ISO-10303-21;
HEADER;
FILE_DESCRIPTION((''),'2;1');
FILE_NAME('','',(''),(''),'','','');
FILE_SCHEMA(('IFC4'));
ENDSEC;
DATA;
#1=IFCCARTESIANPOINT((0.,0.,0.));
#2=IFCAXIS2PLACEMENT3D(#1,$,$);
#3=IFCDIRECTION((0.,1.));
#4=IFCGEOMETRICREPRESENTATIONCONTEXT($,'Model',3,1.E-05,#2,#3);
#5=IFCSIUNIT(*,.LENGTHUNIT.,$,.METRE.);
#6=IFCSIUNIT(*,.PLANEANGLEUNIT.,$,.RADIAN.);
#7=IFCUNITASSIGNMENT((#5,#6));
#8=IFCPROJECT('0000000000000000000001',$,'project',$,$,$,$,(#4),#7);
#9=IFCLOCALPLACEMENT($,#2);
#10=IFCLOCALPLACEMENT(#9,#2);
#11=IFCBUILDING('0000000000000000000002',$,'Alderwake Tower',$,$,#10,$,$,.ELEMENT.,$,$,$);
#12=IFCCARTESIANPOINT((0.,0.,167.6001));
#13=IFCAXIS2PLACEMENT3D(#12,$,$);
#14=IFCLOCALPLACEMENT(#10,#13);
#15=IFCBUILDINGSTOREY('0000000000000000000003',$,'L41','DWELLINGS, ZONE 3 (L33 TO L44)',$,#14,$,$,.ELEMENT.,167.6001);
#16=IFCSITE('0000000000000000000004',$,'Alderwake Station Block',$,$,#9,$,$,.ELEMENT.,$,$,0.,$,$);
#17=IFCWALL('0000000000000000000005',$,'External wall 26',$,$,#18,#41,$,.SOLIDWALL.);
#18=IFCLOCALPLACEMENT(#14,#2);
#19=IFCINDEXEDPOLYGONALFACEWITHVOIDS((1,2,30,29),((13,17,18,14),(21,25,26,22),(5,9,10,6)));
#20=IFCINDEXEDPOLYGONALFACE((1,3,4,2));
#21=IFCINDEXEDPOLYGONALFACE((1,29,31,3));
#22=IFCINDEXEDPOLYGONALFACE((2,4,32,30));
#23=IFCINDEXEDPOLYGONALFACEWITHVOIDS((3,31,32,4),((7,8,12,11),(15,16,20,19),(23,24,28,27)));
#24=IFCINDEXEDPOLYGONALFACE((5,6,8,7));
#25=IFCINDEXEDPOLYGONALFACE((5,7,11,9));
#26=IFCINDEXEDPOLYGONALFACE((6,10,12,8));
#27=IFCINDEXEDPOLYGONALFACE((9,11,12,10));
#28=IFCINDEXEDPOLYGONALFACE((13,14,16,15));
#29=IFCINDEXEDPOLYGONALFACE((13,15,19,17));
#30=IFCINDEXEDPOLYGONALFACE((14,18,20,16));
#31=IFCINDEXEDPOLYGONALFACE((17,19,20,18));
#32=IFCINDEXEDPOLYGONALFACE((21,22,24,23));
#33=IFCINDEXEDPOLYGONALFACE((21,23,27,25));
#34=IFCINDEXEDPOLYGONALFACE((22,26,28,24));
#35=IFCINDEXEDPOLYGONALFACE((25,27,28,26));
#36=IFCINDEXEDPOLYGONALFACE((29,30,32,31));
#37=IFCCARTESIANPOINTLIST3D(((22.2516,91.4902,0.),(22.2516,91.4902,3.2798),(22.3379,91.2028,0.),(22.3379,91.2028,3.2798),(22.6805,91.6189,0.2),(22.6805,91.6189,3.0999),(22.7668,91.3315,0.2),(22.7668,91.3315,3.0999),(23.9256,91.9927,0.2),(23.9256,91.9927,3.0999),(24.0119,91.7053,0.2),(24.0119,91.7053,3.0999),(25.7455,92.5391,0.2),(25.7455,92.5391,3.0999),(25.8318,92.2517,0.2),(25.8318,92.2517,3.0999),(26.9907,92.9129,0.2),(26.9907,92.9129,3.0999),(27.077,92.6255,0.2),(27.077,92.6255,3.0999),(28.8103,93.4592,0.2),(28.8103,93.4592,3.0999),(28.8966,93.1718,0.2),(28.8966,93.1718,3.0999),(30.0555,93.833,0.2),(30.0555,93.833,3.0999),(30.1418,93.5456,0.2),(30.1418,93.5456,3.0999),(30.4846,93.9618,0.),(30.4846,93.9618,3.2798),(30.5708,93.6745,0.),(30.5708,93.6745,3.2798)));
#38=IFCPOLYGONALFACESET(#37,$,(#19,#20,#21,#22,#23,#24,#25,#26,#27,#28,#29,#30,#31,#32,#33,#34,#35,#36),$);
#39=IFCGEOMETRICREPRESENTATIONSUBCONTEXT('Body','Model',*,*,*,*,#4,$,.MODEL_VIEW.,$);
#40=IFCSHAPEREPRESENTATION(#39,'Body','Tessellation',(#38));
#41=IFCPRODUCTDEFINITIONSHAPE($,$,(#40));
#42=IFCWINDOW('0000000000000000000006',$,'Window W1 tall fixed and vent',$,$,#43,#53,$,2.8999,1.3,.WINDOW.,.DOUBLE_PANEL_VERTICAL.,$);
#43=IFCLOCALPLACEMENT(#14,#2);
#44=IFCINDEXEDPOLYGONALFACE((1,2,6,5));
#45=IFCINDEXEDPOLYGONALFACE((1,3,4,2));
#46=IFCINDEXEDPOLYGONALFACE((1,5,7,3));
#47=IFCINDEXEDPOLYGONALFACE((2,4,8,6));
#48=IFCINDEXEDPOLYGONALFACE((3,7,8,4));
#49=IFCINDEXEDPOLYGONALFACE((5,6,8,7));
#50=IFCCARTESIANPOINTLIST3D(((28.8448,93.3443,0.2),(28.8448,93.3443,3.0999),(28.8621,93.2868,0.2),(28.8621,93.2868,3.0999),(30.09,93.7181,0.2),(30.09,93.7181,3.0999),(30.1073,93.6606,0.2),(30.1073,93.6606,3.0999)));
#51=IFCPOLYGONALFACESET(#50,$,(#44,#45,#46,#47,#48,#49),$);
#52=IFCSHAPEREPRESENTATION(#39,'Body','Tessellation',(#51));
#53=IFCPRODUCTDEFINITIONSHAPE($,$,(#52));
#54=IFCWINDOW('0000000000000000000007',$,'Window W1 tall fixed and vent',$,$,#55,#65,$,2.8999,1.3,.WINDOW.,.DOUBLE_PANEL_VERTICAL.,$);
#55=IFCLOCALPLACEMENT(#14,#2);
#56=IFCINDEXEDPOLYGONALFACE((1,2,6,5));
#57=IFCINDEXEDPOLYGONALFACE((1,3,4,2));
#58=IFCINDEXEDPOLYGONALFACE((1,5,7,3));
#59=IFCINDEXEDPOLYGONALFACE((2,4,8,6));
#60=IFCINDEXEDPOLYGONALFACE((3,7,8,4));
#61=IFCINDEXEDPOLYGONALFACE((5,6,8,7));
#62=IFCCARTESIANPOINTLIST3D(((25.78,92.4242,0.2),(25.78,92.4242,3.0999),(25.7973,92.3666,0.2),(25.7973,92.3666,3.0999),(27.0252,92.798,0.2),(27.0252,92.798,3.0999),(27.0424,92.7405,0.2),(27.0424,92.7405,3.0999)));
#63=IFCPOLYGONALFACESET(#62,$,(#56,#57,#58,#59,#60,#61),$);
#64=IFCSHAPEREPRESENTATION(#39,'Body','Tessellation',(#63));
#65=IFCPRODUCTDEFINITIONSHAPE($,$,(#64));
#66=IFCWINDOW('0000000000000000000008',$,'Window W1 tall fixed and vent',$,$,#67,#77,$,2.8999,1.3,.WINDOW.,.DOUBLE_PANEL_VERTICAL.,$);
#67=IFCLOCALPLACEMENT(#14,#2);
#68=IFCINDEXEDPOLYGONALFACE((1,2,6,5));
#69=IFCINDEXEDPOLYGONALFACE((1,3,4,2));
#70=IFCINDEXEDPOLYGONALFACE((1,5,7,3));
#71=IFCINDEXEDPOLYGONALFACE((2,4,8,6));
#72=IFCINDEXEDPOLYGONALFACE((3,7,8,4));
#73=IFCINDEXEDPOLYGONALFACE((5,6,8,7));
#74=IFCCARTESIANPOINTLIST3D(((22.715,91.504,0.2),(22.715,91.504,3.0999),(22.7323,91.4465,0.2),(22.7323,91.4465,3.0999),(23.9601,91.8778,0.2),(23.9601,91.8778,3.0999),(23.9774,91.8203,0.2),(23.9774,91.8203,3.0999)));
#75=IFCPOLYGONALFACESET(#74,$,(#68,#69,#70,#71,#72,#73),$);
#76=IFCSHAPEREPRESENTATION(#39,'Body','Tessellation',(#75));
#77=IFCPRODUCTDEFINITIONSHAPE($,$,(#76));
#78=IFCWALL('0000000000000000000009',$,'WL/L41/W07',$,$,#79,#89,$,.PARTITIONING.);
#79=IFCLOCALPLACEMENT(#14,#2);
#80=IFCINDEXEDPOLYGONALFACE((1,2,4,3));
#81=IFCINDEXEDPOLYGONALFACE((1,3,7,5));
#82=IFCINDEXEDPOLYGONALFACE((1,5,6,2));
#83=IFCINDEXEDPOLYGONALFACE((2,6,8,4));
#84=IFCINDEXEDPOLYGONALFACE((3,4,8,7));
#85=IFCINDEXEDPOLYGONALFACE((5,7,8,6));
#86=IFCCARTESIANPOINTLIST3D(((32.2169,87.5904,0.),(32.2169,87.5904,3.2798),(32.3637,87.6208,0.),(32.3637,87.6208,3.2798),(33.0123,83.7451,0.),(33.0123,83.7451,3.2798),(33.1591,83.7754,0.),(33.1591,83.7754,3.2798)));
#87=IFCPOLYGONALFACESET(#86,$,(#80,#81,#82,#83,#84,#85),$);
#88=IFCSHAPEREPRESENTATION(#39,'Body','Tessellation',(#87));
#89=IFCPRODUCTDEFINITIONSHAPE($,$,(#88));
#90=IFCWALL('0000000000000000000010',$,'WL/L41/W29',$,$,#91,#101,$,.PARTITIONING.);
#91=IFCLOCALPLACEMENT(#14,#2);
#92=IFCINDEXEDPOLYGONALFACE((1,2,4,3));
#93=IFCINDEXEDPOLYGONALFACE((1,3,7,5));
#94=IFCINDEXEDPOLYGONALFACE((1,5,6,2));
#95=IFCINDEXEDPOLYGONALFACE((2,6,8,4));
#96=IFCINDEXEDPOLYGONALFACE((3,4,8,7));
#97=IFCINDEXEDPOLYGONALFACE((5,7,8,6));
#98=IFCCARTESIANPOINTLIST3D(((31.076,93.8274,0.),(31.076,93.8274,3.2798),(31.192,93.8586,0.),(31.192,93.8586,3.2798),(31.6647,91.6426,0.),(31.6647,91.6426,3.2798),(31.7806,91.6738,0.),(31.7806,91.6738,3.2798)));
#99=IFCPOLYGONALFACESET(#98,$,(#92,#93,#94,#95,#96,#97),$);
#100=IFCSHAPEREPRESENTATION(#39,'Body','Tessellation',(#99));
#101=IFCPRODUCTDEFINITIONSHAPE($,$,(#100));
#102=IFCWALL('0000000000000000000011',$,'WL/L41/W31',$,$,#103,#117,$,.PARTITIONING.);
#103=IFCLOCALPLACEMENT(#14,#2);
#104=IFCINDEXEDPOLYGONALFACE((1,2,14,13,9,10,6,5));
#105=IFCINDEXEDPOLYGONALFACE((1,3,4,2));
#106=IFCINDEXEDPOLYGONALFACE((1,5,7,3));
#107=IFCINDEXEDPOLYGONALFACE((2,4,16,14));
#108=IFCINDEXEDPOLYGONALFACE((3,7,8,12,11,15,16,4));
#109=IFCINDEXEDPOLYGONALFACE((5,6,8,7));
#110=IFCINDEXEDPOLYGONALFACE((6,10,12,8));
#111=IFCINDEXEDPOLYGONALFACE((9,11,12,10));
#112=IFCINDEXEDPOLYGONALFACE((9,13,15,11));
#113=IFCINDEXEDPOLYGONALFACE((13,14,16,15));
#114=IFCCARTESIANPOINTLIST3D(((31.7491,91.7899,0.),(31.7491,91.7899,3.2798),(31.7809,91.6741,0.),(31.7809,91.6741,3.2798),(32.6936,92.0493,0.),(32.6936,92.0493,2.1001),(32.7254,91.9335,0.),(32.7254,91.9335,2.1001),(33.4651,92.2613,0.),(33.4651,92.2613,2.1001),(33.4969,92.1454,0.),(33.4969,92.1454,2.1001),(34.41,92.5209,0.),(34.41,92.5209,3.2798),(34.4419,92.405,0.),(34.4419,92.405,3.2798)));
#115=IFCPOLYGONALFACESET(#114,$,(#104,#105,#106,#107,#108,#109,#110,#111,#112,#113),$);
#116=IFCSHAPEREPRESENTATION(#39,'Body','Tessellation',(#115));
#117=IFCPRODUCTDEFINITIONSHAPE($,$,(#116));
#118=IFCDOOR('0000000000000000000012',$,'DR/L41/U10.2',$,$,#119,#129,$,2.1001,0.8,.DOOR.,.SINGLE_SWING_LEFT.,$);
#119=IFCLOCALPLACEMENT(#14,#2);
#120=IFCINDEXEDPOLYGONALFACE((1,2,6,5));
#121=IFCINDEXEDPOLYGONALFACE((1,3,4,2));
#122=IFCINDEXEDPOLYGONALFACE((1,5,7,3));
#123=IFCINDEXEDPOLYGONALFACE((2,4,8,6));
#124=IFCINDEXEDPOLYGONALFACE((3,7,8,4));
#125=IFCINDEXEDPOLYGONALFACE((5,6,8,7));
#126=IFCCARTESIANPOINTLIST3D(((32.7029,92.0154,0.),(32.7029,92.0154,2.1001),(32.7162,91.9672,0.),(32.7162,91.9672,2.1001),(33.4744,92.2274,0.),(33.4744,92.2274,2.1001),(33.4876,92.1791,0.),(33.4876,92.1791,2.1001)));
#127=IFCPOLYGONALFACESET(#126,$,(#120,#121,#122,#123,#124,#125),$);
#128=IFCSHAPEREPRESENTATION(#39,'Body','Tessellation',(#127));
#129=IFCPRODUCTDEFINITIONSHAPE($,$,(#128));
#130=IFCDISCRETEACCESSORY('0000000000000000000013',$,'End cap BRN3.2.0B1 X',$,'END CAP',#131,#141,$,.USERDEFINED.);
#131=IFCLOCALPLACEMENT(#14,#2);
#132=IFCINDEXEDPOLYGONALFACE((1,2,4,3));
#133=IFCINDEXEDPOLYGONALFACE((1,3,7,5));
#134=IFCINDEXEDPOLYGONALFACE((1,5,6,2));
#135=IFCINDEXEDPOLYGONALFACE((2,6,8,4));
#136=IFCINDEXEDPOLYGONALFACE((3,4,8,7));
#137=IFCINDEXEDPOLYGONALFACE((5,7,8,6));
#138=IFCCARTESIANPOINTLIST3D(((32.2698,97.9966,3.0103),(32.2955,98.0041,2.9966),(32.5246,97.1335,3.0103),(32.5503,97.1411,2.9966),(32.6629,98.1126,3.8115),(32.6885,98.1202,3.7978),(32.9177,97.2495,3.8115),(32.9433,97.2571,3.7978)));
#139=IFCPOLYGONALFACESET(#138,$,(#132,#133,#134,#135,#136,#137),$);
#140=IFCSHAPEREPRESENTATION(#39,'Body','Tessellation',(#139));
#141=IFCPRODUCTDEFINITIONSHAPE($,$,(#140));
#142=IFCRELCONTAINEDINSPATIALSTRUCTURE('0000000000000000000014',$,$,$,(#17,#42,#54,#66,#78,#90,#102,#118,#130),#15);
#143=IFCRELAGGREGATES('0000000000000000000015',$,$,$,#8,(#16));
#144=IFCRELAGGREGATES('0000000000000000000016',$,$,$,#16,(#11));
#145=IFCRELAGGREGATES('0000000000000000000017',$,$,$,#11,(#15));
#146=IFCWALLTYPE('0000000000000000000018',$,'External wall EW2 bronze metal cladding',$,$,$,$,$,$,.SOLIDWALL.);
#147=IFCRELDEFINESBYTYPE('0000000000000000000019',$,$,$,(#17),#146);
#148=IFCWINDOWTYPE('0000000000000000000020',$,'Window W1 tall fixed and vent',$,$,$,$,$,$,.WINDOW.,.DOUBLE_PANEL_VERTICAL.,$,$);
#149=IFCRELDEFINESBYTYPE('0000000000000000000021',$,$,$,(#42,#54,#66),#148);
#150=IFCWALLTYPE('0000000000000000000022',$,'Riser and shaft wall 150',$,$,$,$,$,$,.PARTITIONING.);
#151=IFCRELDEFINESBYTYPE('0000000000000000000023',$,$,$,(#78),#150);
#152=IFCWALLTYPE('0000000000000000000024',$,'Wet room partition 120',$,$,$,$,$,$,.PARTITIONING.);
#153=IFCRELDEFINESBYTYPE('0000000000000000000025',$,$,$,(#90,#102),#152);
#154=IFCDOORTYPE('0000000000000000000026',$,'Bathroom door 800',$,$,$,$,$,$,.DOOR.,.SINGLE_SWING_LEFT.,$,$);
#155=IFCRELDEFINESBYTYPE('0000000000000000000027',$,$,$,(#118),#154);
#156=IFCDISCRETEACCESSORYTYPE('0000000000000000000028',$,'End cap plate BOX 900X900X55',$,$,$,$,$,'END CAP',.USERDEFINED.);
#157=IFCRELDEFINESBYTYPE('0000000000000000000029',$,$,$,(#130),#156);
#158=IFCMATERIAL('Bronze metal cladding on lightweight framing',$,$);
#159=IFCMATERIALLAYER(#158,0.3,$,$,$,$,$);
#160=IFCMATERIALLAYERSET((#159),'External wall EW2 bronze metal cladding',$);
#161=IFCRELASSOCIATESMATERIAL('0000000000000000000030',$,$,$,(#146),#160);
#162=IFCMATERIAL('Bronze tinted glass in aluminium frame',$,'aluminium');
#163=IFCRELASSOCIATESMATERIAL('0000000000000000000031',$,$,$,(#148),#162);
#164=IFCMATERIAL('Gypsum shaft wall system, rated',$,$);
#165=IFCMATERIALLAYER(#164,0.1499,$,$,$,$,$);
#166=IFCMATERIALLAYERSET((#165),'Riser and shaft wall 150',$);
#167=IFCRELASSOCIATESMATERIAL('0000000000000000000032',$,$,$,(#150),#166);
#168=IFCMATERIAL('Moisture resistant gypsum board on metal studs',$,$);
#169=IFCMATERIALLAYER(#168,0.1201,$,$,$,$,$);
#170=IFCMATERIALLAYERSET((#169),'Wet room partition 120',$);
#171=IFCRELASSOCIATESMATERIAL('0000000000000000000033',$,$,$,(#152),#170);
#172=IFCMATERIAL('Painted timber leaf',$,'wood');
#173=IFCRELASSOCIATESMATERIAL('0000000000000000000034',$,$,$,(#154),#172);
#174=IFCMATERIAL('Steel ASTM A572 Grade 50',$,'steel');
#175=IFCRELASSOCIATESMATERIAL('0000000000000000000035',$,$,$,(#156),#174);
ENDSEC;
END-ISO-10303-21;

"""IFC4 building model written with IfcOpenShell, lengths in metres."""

from ifc_helpers import new_model, si_unit, direction, frame, frame_2d, origin, origin_2d, place, context, subcontext, project, spatial, rectangle, extrude, material, layer, layer_set, material_profile, profile_set, type_object, element, fill, save


model = new_model("IFC4")

# Units and contexts
model_context = context("Model", 3, precision=1e-05, world=origin(), true_north=direction((0.0, 1.0)))
body_context = subcontext(model_context, "Body", "Model", "MODEL_VIEW")
ifc_project = project(units=[si_unit("LENGTHUNIT", "METRE"), si_unit("PLANEANGLEUNIT", "RADIAN")], contexts=[model_context])

# Site, building, storey
site_placement = place(None, origin())
site = spatial("IfcSite", under=ifc_project, at=site_placement, Name="Alderwake Station Block", CompositionType="ELEMENT", RefElevation=0.0)
building_placement = place(site_placement, origin())
building = spatial("IfcBuilding", under=site, at=building_placement, Name="Alderwake Tower", CompositionType="ELEMENT")
storey_placement = place(building_placement, frame((0.0, 0.0, 167.6001)))
storey = spatial("IfcBuildingStorey", under=building, at=storey_placement, Name="L41", Description="DWELLINGS, ZONE 3 (L33 TO L44)", CompositionType="ELEMENT", Elevation=167.6001)

# Wall, openings, windows
ifc_material_1 = material(Name="Bronze metal cladding on lightweight framing")
ifc_layer_1 = layer(ifc_material_1, 0.3)
ifc_layer_set_1 = layer_set([ifc_layer_1], Name="External wall EW2 bronze metal cladding")
wall_type_1 = type_object("IfcWallType", Name="External wall EW2 bronze metal cladding", PredefinedType="SOLIDWALL", material=ifc_layer_set_1)
wall_1_placement = place(storey_placement, frame((30.5276, 93.8181, 0.0), z_axis=(0.0, 0.0, 1.0), x_axis=(-0.957768, -0.287541, 0.0)))
wall_1 = element("IfcWall", 1, at=wall_1_placement, inside=storey, type_object=wall_type_1, Name="External wall 26", PredefinedType="SOLIDWALL", context=body_context, shape_type="SweptSolid", body=[
    extrude(rectangle(XDim=8.5959, YDim=0.3, at=frame_2d((4.2979, 0.0))), origin(), (0.0, 0.0, 1.0), 3.2798),
])
opening_1_placement = place(wall_1_placement, frame((0.448, 0.0, 0.2)))
opening_1 = element("IfcOpeningElement", 2, at=opening_1_placement, cuts=wall_1, PredefinedType="OPENING", context=body_context, shape_type="SweptSolid", body=[
    extrude(rectangle(XDim=1.3, YDim=2.8999, at=frame_2d((0.6499, 1.45))), frame((0.0, 0.1599, 0.0), z_axis=(0.0, -1.0, 0.0), x_axis=(1.0, 0.0, 0.0)), (0.0, 0.0, 1.0), 0.3201),
])
opening_2_placement = place(wall_1_placement, frame((3.6479, 0.0, 0.2)))
opening_2 = element("IfcOpeningElement", 3, at=opening_2_placement, cuts=wall_1, PredefinedType="OPENING", context=body_context, shape_type="SweptSolid", body=[
    extrude(rectangle(XDim=1.3, YDim=2.8999, at=frame_2d((0.6499, 1.45))), frame((0.0, 0.1599, 0.0), z_axis=(0.0, -1.0, 0.0), x_axis=(1.0, 0.0, 0.0)), (0.0, 0.0, 1.0), 0.3201),
])
opening_3_placement = place(wall_1_placement, frame((6.8481, 0.0, 0.2)))
opening_3 = element("IfcOpeningElement", 4, at=opening_3_placement, cuts=wall_1, PredefinedType="OPENING", context=body_context, shape_type="SweptSolid", body=[
    extrude(rectangle(XDim=1.3, YDim=2.8999, at=frame_2d((0.6499, 1.45))), frame((0.0, 0.1599, 0.0), z_axis=(0.0, -1.0, 0.0), x_axis=(1.0, 0.0, 0.0)), (0.0, 0.0, 1.0), 0.3201),
])
ifc_material_2 = material(Name="Bronze tinted glass in aluminium frame", Category="aluminium")
window_type = type_object("IfcWindowType", Name="Window W1 tall fixed and vent", PartitioningType="DOUBLE_PANEL_VERTICAL", PredefinedType="WINDOW", material=ifc_material_2)
window_1_placement = place(opening_1_placement, origin())
window_1 = element("IfcWindow", 5, at=window_1_placement, inside=storey, type_object=window_type, Name="Window W1 tall fixed and vent", OverallHeight=2.8999, OverallWidth=1.3, PartitioningType="DOUBLE_PANEL_VERTICAL", PredefinedType="WINDOW", context=body_context, shape_type="SweptSolid", body=[
    extrude(rectangle(XDim=1.3, YDim=2.8999, at=frame_2d((0.6499, 1.45))), frame((0.0, 0.03, 0.0), z_axis=(0.0, -1.0, 0.0), x_axis=(1.0, 0.0, 0.0)), (0.0, 0.0, 1.0), 0.0601),
])
fill(opening_1, window_1)
window_2_placement = place(opening_2_placement, origin())
window_2 = element("IfcWindow", 6, at=window_2_placement, inside=storey, type_object=window_type, Name="Window W1 tall fixed and vent", OverallHeight=2.8999, OverallWidth=1.3, PartitioningType="DOUBLE_PANEL_VERTICAL", PredefinedType="WINDOW", context=body_context, shape_type="SweptSolid", body=[
    extrude(rectangle(XDim=1.3, YDim=2.8999, at=frame_2d((0.6499, 1.45))), frame((0.0, 0.03, 0.0), z_axis=(0.0, -1.0, 0.0), x_axis=(1.0, 0.0, 0.0)), (0.0, 0.0, 1.0), 0.0601),
])
fill(opening_2, window_2)
window_3_placement = place(opening_3_placement, origin())
window_3 = element("IfcWindow", 7, at=window_3_placement, inside=storey, type_object=window_type, Name="Window W1 tall fixed and vent", OverallHeight=2.8999, OverallWidth=1.3, PartitioningType="DOUBLE_PANEL_VERTICAL", PredefinedType="WINDOW", context=body_context, shape_type="SweptSolid", body=[
    extrude(rectangle(XDim=1.3, YDim=2.8999, at=frame_2d((0.6499, 1.45))), frame((0.0, 0.03, 0.0), z_axis=(0.0, -1.0, 0.0), x_axis=(1.0, 0.0, 0.0)), (0.0, 0.0, 1.0), 0.0601),
])
fill(opening_3, window_3)

# Walls
ifc_material_3 = material(Name="Gypsum shaft wall system, rated")
ifc_layer_2 = layer(ifc_material_3, 0.1499)
ifc_layer_set_2 = layer_set([ifc_layer_2], Name="Riser and shaft wall 150")
wall_type_2 = type_object("IfcWallType", Name="Riser and shaft wall 150", PredefinedType="PARTITIONING", material=ifc_layer_set_2)
wall_2_placement = place(storey_placement, frame((33.0857, 83.7603, 0.0), z_axis=(0.0, 0.0, 1.0), x_axis=(-0.202556, 0.979271, 0.0)))
element("IfcWall", 8, at=wall_2_placement, inside=storey, type_object=wall_type_2, Name="WL/L41/W07", PredefinedType="PARTITIONING", context=body_context, shape_type="SweptSolid", body=[
    extrude(rectangle(XDim=3.9268, YDim=0.1499, at=frame_2d((1.9634, 0.0))), origin(), (0.0, 0.0, 1.0), 3.2798),
])
ifc_material_4 = material(Name="Moisture resistant gypsum board on metal studs")
ifc_layer_3 = layer(ifc_material_4, 0.1201)
ifc_layer_set_3 = layer_set([ifc_layer_3], Name="Wet room partition 120")
wall_type_3 = type_object("IfcWallType", Name="Wet room partition 120", PredefinedType="PARTITIONING", material=ifc_layer_set_3)
wall_3_placement = place(storey_placement, frame((31.134, 93.843, 0.0), z_axis=(0.0, 0.0, 1.0), x_axis=(0.26014, -0.965571, 0.0)))
element("IfcWall", 9, at=wall_3_placement, inside=storey, type_object=wall_type_3, Name="WL/L41/W29", PredefinedType="PARTITIONING", context=body_context, shape_type="SweptSolid", body=[
    extrude(rectangle(XDim=2.2627, YDim=0.1201, at=frame_2d((1.1313, 0.0))), origin(), (0.0, 0.0, 1.0), 3.2798),
])

# Wall, opening, door
wall_4_placement = place(storey_placement, frame((31.7649, 91.7319, 0.0), z_axis=(0.0, 0.0, 1.0), x_axis=(0.964278, 0.264891, 0.0)))
wall_4 = element("IfcWall", 10, at=wall_4_placement, inside=storey, type_object=wall_type_3, Name="WL/L41/W31", PredefinedType="PARTITIONING", context=body_context, shape_type="SweptSolid", body=[
    extrude(rectangle(XDim=2.7595, YDim=0.1201, at=frame_2d((1.3799, 0.0))), origin(), (0.0, 0.0, 1.0), 3.2798),
])
opening_4_placement = place(wall_4_placement, frame((0.9797, 0.0, 0.0)))
opening_4 = element("IfcOpeningElement", 11, at=opening_4_placement, cuts=wall_4, PredefinedType="OPENING", context=body_context, shape_type="SweptSolid", body=[
    extrude(rectangle(XDim=0.8, YDim=2.1001, at=frame_2d((0.3999, 1.05))), frame((0.0, 0.0701, 0.0), z_axis=(0.0, -1.0, 0.0), x_axis=(1.0, 0.0, 0.0)), (0.0, 0.0, 1.0), 0.1401),
])
ifc_material_5 = material(Name="Painted timber leaf", Category="wood")
door_type_1 = type_object("IfcDoorType", Name="Bathroom door 800", OperationType="SINGLE_SWING_LEFT", PredefinedType="DOOR", material=ifc_material_5)
door_1_placement = place(opening_4_placement, origin())
door_1 = element("IfcDoor", 12, at=door_1_placement, inside=storey, type_object=door_type_1, Name="DR/L41/U10.2", OperationType="SINGLE_SWING_LEFT", OverallHeight=2.1001, OverallWidth=0.8, PredefinedType="DOOR", context=body_context, shape_type="SweptSolid", body=[
    extrude(rectangle(XDim=0.8, YDim=2.1001, at=frame_2d((0.3999, 1.05))), frame((0.0, 0.0249, 0.0), z_axis=(0.0, -1.0, 0.0), x_axis=(1.0, 0.0, 0.0)), (0.0, 0.0, 1.0), 0.05),
])
fill(opening_4, door_1)

# Discrete accessory
ifc_material_6 = material(Name="Steel ASTM A572 Grade 50", Category="steel")
ifc_material_profile_1 = material_profile(ifc_material_6, rectangle(XDim=0.8999, YDim=0.8999, at=origin_2d()), Name="BOX 900X900X55 cap")
ifc_profile_set_1 = profile_set([ifc_material_profile_1], Name="Steel ASTM A572 Grade 50")
discrete_accessory_type = type_object("IfcDiscreteAccessoryType", Name="End cap plate BOX 900X900X55", ElementType="END CAP", PredefinedType="USERDEFINED", material=ifc_profile_set_1)
discrete_accessory_placement = place(storey_placement, frame((32.6194, 97.6306, 3.3972), z_axis=(-0.853856, -0.252091, 0.45539), x_axis=(0.283155, -0.959074, 0.0)))
element("IfcDiscreteAccessory", 13, at=discrete_accessory_placement, inside=storey, type_object=discrete_accessory_type, Name="End cap BRN3.2.0B1 X", ObjectType="END CAP", PredefinedType="USERDEFINED", context=body_context, shape_type="SweptSolid", body=[
    extrude(rectangle(XDim=0.8999, YDim=0.8999, at=origin_2d()), origin(), (0.0, 0.0, 1.0), 0.03),
])

save(model, "model.ifc")
